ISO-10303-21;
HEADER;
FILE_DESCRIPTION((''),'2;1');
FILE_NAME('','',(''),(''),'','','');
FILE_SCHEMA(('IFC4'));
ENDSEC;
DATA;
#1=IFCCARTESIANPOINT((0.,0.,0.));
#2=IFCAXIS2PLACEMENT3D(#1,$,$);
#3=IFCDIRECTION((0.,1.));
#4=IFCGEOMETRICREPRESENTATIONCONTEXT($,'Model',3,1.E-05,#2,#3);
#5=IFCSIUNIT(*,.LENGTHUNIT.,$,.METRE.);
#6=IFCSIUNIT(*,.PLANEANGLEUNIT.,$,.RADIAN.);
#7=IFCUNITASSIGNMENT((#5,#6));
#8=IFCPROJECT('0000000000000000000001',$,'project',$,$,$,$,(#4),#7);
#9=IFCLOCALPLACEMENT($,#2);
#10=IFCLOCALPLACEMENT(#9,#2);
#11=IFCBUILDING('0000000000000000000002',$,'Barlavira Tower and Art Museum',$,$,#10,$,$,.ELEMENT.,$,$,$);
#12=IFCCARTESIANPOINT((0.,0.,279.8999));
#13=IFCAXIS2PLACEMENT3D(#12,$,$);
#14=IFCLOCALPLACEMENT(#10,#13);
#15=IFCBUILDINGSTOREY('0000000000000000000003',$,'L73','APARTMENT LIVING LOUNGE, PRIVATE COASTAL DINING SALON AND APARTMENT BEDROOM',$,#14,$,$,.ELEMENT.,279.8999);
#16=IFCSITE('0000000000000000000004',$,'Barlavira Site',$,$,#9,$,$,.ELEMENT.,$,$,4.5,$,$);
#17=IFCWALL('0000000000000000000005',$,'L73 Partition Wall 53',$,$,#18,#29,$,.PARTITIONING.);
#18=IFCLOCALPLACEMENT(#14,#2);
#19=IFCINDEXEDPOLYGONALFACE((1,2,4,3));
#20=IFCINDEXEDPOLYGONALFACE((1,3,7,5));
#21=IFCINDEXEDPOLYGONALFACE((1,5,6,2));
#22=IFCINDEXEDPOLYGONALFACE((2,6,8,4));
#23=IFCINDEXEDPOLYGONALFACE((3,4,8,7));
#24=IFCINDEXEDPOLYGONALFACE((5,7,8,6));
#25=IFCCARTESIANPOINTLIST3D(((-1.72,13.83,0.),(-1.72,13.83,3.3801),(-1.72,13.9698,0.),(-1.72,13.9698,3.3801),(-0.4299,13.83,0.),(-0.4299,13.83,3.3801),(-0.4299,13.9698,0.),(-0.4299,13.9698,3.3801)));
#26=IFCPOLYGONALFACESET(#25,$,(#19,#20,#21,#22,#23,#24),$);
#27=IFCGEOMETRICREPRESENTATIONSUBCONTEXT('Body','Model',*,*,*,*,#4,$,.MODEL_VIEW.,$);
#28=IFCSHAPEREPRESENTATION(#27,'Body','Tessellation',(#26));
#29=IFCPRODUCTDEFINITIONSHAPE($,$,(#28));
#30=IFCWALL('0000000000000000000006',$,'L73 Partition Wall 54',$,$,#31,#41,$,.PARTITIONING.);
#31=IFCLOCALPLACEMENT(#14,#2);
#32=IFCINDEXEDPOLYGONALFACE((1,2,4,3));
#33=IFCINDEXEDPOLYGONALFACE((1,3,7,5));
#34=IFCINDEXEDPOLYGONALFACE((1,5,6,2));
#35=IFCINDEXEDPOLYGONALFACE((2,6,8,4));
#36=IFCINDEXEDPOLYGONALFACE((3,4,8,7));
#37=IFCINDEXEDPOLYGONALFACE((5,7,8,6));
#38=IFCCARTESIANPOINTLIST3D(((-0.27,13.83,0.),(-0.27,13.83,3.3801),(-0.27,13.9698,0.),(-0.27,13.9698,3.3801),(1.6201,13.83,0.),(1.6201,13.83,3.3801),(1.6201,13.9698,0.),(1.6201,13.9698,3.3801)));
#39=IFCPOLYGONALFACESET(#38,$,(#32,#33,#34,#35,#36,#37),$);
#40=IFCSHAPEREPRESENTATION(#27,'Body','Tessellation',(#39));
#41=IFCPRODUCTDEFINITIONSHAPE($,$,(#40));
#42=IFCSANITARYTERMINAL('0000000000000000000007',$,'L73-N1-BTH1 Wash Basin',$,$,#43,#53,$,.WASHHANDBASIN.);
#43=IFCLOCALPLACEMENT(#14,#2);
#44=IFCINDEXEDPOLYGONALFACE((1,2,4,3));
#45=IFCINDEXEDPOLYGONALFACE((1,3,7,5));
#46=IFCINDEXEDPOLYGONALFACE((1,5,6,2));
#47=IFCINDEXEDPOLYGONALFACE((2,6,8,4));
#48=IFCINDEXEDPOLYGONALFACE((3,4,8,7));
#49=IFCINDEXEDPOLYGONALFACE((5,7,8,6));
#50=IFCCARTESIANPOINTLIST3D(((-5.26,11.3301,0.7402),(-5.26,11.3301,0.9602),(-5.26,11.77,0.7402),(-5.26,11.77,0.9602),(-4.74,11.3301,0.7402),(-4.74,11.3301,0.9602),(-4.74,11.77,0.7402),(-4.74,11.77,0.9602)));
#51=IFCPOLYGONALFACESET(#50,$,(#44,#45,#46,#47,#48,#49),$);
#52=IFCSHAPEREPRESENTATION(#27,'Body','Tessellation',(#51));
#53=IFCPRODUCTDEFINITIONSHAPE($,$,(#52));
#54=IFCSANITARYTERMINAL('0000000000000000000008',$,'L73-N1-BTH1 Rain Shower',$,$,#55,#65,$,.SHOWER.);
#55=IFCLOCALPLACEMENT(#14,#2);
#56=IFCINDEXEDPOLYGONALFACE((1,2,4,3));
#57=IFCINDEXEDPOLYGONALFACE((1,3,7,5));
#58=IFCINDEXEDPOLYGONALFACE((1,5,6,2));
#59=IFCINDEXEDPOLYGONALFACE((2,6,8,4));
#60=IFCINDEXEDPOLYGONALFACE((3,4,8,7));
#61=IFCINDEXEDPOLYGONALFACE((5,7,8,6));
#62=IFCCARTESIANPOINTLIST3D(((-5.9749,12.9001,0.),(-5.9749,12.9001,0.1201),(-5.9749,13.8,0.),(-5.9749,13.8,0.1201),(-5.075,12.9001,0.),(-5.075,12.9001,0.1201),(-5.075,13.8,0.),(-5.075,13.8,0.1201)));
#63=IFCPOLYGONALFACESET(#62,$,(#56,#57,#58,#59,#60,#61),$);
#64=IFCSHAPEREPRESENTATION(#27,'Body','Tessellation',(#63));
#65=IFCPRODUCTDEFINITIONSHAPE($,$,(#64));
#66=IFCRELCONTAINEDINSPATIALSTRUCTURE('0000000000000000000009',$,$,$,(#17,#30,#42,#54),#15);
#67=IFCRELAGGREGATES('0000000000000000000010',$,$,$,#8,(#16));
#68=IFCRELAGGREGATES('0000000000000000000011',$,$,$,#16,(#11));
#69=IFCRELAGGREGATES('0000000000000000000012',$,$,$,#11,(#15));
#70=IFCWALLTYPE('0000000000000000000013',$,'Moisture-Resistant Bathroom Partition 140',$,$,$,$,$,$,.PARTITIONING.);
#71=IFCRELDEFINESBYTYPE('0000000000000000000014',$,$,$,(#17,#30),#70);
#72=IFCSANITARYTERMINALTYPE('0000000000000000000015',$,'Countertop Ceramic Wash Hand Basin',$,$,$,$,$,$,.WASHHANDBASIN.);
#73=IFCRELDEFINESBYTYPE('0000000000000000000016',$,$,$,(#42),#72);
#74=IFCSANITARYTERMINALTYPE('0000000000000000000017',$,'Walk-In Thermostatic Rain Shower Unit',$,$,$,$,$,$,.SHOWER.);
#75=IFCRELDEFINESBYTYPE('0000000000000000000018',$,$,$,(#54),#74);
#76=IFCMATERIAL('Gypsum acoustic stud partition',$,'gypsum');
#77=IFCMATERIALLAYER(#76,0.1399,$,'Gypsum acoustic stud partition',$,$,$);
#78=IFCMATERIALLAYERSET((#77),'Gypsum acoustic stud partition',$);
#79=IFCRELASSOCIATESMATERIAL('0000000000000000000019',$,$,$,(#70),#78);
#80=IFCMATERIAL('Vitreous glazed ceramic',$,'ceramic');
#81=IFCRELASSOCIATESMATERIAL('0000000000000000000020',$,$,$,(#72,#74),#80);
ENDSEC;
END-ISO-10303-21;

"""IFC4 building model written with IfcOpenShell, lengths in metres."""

from ifc_helpers import new_model, si_unit, direction, frame, frame_2d, origin, origin_2d, place, context, subcontext, project, spatial, rectangle, extrude, material, layer, layer_set, type_object, element, save


model = new_model("IFC4")

# Units and contexts
model_context = context("Model", 3, precision=1e-05, world=origin(), true_north=direction((0.0, 1.0)))
body_context = subcontext(model_context, "Body", "Model", "MODEL_VIEW")
ifc_project = project(units=[si_unit("LENGTHUNIT", "METRE"), si_unit("PLANEANGLEUNIT", "RADIAN")], contexts=[model_context])

# Site, building, storey
site_placement = place(None, origin())
site = spatial("IfcSite", under=ifc_project, at=site_placement, Name="Barlavira Site", CompositionType="ELEMENT", RefElevation=4.5)
building_placement = place(site_placement, origin())
building = spatial("IfcBuilding", under=site, at=building_placement, Name="Barlavira Tower and Art Museum", CompositionType="ELEMENT")
storey_placement = place(building_placement, frame((0.0, 0.0, 279.8999)))
storey = spatial("IfcBuildingStorey", under=building, at=storey_placement, Name="L73", Description="APARTMENT LIVING LOUNGE, PRIVATE COASTAL DINING SALON AND APARTMENT BEDROOM", CompositionType="ELEMENT", Elevation=279.8999)

# Shared definitions
ifc_material_1 = material(Name="Gypsum acoustic stud partition", Category="gypsum")

# Shared definitions
ifc_layer_1 = layer(ifc_material_1, 0.1399, Name="Gypsum acoustic stud partition")
ifc_layer_set_1 = layer_set([ifc_layer_1], Name="Gypsum acoustic stud partition")
wall_type_1 = type_object("IfcWallType", Name="Moisture-Resistant Bathroom Partition 140", PredefinedType="PARTITIONING", material=ifc_layer_set_1)

# Walls
wall_1_placement = place(storey_placement, frame((-1.72, 13.8999, 0.0), z_axis=(0.0, 0.0, 1.0), x_axis=(1.0, 0.0, 0.0)))
element("IfcWall", 1, at=wall_1_placement, inside=storey, type_object=wall_type_1, Name="L73 Partition Wall 53", PredefinedType="PARTITIONING", context=body_context, shape_type="SweptSolid", body=[
    extrude(rectangle(XDim=1.29, YDim=0.1399, at=frame_2d((0.645, 0.0))), origin(), (0.0, 0.0, 1.0), 3.3801),
])
wall_2_placement = place(storey_placement, frame((-0.27, 13.8999, 0.0), z_axis=(0.0, 0.0, 1.0), x_axis=(1.0, 0.0, 0.0)))
element("IfcWall", 2, at=wall_2_placement, inside=storey, type_object=wall_type_1, Name="L73 Partition Wall 54", PredefinedType="PARTITIONING", context=body_context, shape_type="SweptSolid", body=[
    extrude(rectangle(XDim=1.8901, YDim=0.1399, at=frame_2d((0.9451, 0.0))), origin(), (0.0, 0.0, 1.0), 3.3801),
])

# Sanitary terminals
ifc_material_2 = material(Name="Vitreous glazed ceramic", Category="ceramic")
sanitary_terminal_type_1 = type_object("IfcSanitaryTerminalType", Name="Countertop Ceramic Wash Hand Basin", PredefinedType="WASHHANDBASIN", material=ifc_material_2)
sanitary_terminal_1_placement = place(storey_placement, frame((-5.0, 11.55, 0.7402), z_axis=(0.0, 0.0, 1.0), x_axis=(1.0, 0.0, 0.0)))
element("IfcSanitaryTerminal", 3, at=sanitary_terminal_1_placement, inside=storey, type_object=sanitary_terminal_type_1, Name="L73-N1-BTH1 Wash Basin", PredefinedType="WASHHANDBASIN", context=body_context, shape_type="SweptSolid", body=[
    extrude(rectangle(XDim=0.52, YDim=0.4399, at=origin_2d()), origin(), (0.0, 0.0, 1.0), 0.22),
])
sanitary_terminal_type_2 = type_object("IfcSanitaryTerminalType", Name="Walk-In Thermostatic Rain Shower Unit", PredefinedType="SHOWER", material=ifc_material_2)
sanitary_terminal_2_placement = place(storey_placement, frame((-5.5249, 13.3501, 0.0), z_axis=(0.0, 0.0, 1.0), x_axis=(1.0, 0.0, 0.0)))
element("IfcSanitaryTerminal", 4, at=sanitary_terminal_2_placement, inside=storey, type_object=sanitary_terminal_type_2, Name="L73-N1-BTH1 Rain Shower", PredefinedType="SHOWER", context=body_context, shape_type="SweptSolid", body=[
    extrude(rectangle(XDim=0.8999, YDim=0.8999, at=origin_2d()), origin(), (0.0, 0.0, 1.0), 0.1201),
])

save(model, "model.ifc")
